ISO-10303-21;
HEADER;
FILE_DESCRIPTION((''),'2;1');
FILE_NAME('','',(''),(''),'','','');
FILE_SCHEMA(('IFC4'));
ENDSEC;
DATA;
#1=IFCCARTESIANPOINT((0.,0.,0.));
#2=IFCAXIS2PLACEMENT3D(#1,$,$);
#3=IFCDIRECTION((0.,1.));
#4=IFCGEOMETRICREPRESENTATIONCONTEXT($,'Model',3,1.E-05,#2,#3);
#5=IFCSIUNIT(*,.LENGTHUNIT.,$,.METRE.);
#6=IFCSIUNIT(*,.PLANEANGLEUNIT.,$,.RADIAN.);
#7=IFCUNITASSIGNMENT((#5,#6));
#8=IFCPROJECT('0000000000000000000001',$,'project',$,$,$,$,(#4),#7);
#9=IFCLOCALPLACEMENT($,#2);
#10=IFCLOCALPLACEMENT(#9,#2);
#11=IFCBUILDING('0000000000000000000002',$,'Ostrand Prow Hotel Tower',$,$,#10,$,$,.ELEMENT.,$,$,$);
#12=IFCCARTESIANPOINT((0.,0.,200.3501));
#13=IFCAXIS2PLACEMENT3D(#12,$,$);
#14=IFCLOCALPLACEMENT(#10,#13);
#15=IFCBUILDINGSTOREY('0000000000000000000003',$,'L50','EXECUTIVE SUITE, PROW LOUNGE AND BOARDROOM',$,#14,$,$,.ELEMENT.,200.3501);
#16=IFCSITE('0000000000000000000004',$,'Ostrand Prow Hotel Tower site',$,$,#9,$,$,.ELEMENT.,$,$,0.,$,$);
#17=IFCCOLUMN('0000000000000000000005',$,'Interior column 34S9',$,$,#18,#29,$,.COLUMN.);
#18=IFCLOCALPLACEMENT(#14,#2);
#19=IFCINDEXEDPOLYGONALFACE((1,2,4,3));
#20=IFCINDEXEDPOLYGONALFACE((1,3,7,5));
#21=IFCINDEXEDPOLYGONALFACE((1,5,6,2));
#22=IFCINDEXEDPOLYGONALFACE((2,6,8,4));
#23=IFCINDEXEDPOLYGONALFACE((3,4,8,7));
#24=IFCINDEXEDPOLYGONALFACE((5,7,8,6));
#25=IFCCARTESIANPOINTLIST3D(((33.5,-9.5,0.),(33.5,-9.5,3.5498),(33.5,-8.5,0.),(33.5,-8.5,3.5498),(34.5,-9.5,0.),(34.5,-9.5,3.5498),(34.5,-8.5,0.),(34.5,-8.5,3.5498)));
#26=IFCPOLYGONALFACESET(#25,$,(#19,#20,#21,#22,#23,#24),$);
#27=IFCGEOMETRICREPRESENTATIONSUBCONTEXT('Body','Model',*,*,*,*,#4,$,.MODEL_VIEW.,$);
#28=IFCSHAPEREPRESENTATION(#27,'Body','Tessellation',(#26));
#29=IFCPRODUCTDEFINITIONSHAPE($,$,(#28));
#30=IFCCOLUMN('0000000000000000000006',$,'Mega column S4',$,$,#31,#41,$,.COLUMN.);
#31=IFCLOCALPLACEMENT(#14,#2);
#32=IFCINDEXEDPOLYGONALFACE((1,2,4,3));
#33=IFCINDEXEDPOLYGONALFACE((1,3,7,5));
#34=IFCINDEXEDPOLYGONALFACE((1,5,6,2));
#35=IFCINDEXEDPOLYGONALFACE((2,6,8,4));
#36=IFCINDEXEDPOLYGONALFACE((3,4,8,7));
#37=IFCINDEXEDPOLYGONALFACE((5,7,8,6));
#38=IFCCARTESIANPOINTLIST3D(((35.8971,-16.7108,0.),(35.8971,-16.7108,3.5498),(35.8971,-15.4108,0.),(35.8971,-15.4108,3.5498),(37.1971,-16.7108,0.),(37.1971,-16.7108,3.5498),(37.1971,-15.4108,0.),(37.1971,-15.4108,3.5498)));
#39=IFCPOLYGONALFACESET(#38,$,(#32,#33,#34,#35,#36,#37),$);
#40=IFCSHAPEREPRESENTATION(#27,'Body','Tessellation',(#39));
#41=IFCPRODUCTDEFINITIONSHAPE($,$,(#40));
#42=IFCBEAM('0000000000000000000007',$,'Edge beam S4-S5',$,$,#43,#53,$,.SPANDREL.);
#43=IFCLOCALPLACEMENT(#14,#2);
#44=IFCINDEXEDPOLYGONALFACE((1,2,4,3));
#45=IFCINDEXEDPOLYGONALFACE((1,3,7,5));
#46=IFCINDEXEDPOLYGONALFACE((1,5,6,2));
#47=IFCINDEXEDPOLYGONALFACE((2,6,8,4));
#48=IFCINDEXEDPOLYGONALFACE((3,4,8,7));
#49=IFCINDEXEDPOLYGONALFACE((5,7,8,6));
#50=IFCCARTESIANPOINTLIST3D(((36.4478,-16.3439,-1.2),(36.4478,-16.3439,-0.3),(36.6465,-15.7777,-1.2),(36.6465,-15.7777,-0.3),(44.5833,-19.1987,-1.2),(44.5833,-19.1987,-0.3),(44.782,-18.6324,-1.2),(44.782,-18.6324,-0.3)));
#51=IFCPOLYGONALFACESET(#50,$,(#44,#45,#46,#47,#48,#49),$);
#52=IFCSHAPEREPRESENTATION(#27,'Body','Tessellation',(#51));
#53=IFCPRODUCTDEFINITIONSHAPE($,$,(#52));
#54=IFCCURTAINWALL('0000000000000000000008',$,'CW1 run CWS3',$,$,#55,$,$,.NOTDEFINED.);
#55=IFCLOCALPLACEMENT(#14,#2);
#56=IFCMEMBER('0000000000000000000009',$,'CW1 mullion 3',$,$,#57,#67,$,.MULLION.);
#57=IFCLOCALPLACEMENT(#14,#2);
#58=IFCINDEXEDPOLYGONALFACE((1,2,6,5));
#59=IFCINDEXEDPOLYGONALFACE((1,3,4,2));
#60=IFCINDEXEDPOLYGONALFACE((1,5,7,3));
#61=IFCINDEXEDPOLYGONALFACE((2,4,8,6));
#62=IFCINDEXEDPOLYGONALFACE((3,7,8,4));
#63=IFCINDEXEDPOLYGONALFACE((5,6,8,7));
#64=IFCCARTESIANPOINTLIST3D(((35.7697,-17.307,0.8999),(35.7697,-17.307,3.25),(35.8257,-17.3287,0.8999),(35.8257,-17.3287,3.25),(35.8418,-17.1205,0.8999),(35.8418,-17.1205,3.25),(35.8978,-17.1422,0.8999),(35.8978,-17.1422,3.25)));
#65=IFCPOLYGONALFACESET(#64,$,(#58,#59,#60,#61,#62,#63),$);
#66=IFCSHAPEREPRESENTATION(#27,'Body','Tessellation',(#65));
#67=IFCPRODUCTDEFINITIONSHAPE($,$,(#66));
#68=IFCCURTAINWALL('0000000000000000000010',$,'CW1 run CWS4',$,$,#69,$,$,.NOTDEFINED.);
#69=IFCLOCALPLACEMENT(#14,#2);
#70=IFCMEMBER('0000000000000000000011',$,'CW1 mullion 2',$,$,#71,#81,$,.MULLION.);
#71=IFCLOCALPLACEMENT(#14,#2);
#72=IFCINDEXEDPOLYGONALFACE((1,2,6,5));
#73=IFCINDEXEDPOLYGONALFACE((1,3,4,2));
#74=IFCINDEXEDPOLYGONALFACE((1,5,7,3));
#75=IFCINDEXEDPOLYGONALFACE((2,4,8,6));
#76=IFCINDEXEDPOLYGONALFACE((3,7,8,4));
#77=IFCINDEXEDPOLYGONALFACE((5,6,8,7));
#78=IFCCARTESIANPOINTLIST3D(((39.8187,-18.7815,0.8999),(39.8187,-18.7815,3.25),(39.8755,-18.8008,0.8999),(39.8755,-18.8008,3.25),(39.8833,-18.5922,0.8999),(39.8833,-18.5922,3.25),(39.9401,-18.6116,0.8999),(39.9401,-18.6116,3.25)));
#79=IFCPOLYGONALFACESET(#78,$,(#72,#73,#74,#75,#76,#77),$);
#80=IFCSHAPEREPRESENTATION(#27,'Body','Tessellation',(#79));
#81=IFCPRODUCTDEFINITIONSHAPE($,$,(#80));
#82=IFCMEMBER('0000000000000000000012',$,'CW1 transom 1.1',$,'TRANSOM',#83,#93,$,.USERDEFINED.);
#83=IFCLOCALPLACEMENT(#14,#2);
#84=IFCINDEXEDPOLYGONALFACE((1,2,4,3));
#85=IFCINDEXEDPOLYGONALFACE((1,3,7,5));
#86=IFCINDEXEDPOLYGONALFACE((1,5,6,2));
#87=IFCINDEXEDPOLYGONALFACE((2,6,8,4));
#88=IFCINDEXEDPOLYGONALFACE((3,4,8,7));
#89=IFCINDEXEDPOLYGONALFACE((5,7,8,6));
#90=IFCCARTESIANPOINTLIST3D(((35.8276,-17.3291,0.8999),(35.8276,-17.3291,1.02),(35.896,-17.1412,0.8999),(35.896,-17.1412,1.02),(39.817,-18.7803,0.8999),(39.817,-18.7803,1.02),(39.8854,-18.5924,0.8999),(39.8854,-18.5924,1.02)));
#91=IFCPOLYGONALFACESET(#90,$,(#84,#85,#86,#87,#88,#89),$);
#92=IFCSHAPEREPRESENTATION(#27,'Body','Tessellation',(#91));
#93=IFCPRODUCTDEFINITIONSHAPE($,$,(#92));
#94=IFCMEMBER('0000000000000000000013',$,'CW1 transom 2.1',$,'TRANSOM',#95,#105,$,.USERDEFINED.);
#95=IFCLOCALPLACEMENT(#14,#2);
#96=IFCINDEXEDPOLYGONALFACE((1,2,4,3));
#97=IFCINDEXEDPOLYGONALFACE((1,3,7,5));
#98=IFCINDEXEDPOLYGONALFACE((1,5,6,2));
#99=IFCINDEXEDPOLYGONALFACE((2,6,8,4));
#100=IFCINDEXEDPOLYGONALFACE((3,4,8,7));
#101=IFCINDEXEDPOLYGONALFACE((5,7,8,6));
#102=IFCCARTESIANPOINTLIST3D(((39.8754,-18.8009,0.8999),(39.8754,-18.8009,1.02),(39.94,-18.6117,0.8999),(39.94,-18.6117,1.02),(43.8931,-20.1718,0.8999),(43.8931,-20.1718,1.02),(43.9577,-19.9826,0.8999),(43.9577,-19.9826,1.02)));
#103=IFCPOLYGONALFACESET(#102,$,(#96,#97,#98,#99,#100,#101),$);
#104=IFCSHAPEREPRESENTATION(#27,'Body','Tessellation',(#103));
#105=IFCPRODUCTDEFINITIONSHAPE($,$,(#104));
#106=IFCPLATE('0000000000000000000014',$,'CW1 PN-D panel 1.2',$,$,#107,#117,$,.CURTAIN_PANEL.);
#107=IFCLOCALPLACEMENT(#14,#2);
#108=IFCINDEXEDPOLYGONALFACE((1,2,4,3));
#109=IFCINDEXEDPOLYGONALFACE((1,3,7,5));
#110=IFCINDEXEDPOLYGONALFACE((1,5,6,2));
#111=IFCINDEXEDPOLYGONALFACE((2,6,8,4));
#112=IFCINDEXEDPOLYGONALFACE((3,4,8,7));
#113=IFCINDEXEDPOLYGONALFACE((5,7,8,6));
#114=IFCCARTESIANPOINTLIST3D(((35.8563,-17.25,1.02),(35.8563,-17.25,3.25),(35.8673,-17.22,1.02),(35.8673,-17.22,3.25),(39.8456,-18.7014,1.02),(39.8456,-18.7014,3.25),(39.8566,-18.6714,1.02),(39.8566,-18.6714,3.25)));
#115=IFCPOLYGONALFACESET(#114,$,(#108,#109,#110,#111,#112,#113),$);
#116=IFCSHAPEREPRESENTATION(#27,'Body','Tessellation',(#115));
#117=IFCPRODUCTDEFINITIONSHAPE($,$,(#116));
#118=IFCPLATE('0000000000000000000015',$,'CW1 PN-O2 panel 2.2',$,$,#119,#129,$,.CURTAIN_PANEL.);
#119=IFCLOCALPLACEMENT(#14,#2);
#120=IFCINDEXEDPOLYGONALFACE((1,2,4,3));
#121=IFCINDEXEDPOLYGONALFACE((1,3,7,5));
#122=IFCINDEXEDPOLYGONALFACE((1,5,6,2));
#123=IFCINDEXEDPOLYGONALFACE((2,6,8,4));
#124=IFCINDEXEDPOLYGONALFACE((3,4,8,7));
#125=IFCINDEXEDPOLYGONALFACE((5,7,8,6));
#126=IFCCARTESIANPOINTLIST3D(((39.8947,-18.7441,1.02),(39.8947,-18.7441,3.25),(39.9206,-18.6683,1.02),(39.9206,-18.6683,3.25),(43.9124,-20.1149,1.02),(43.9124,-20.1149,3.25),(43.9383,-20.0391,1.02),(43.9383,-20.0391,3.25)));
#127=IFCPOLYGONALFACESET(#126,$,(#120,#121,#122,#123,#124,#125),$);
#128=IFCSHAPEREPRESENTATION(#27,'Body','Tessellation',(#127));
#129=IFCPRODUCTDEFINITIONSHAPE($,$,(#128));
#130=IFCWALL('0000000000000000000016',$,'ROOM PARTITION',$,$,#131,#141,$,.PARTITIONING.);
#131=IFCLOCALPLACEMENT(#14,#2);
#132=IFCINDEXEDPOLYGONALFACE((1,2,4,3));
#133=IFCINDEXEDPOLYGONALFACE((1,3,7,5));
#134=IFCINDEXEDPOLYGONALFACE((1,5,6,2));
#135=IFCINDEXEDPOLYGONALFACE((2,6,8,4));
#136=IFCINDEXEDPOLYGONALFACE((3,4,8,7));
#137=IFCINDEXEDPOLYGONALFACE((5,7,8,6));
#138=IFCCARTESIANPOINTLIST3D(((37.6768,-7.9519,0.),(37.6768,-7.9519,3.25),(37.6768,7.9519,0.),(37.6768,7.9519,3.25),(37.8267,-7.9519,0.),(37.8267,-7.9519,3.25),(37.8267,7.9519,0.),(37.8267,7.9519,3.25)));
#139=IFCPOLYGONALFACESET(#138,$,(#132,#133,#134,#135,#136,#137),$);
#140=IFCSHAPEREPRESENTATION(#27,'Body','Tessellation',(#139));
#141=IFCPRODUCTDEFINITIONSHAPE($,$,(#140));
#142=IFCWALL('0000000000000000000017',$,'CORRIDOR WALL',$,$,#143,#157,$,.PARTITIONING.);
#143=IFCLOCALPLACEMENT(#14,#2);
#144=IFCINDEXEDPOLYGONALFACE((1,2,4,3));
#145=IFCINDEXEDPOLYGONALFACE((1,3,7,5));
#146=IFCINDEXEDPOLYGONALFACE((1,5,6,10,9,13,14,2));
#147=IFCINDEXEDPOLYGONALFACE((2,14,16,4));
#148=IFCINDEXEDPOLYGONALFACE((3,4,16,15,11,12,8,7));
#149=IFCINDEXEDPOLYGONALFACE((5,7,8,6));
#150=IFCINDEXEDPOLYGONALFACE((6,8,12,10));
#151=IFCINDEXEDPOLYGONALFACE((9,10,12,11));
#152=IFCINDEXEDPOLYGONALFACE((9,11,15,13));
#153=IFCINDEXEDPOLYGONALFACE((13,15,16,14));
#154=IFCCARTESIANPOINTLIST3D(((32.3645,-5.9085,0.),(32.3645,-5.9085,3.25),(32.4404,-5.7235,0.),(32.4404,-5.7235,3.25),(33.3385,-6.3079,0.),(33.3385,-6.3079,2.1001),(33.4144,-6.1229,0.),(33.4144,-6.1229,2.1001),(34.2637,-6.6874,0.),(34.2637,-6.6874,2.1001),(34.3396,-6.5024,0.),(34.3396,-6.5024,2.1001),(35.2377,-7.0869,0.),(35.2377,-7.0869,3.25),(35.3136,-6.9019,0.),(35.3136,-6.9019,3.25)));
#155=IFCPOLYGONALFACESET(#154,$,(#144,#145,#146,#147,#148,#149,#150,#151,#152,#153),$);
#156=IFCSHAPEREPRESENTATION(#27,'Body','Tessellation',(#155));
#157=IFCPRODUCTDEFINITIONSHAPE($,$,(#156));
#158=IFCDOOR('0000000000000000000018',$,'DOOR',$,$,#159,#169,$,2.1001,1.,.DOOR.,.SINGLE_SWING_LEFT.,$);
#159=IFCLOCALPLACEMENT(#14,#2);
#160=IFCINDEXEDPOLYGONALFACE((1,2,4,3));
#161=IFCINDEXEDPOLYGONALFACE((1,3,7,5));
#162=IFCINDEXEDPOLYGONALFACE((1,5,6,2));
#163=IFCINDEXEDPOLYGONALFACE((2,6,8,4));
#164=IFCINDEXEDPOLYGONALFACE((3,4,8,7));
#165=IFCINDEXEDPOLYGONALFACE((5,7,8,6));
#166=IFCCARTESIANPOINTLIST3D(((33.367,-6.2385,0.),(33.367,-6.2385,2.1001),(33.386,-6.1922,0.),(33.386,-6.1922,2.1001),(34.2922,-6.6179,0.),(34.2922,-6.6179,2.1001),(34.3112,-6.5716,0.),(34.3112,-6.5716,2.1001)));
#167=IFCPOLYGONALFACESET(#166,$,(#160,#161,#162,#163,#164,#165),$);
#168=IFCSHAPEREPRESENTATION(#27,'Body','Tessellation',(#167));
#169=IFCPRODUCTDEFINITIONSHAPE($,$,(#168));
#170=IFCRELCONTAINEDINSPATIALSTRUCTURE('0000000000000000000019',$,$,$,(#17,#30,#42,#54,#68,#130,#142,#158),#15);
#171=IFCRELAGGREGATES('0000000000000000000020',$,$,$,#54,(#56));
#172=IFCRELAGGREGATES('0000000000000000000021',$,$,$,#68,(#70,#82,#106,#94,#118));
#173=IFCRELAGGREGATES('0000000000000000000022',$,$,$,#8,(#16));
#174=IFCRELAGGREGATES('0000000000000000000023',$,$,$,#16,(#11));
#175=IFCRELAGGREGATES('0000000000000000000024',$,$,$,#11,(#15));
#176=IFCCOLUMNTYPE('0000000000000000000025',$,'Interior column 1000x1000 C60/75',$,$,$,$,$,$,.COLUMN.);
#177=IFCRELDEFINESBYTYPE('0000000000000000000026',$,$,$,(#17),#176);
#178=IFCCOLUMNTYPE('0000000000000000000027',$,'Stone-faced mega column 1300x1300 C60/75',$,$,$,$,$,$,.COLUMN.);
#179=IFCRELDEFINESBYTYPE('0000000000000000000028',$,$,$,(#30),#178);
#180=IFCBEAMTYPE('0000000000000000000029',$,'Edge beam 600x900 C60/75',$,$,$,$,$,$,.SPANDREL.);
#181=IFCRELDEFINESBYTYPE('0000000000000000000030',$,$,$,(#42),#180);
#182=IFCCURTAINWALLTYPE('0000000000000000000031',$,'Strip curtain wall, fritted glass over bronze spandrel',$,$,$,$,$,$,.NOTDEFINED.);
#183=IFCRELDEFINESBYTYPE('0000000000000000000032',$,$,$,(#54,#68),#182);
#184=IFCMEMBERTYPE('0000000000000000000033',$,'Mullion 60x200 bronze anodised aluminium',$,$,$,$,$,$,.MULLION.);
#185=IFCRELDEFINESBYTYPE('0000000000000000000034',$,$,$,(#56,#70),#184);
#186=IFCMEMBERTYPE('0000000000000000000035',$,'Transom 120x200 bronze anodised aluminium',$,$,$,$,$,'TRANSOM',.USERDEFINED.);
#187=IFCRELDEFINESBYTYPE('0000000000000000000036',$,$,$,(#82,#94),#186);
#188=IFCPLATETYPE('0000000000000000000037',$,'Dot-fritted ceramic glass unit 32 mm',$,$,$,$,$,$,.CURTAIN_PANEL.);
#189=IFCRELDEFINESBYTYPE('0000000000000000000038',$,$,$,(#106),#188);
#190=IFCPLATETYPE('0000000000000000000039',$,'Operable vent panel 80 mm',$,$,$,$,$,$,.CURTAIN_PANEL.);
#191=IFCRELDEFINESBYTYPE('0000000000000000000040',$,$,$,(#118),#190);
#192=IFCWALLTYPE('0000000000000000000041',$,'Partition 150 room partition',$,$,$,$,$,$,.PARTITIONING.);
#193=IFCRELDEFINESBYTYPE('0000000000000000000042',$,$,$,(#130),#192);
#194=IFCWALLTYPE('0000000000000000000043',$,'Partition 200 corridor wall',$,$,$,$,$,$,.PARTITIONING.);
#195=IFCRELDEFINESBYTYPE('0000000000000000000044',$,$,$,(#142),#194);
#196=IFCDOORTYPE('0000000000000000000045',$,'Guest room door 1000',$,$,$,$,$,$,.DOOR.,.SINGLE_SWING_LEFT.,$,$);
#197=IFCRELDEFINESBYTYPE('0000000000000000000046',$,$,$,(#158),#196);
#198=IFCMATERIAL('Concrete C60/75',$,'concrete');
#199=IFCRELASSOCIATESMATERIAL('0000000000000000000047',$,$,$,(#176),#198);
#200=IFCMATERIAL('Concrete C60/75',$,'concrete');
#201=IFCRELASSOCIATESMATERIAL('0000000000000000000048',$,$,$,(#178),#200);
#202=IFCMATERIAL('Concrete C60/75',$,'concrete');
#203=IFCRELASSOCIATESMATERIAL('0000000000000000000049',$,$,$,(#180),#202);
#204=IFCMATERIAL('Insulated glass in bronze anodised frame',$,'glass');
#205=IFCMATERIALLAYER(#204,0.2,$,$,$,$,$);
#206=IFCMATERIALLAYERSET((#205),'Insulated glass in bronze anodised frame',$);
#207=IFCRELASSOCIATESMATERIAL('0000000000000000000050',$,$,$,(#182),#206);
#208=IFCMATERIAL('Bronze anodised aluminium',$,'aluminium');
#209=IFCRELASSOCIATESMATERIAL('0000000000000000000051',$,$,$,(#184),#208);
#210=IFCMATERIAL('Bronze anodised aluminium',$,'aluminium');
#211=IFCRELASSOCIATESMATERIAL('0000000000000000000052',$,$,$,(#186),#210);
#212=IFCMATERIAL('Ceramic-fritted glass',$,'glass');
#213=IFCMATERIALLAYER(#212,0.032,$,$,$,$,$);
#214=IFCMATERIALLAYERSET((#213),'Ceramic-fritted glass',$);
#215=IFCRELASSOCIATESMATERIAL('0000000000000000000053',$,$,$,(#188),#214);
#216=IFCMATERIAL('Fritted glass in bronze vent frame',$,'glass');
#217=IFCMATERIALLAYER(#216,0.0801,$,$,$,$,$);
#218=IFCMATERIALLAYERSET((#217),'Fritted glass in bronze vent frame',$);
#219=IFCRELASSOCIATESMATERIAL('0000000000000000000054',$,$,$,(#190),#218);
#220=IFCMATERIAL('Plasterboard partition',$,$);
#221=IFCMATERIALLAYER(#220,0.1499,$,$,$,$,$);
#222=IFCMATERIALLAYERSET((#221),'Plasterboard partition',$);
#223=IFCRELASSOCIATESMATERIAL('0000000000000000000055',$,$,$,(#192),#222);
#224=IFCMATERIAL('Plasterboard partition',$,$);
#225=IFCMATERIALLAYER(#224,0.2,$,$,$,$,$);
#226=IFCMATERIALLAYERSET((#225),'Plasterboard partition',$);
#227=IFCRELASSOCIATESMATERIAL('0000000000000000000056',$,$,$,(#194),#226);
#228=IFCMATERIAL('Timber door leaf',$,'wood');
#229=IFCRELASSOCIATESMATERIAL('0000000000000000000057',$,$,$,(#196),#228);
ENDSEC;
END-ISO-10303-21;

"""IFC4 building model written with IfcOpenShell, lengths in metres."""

from ifc_helpers import new_model, si_unit, direction, frame, frame_2d, origin, origin_2d, place, context, subcontext, project, spatial, rectangle, extrude, material, layer, layer_set, material_profile, profile_set, type_object, element, fill, aggregate, save


model = new_model("IFC4")

# Units and contexts
model_context = context("Model", 3, precision=1e-05, world=origin(), true_north=direction((0.0, 1.0)))
body_context = subcontext(model_context, "Body", "Model", "MODEL_VIEW")
ifc_project = project(units=[si_unit("LENGTHUNIT", "METRE"), si_unit("PLANEANGLEUNIT", "RADIAN")], contexts=[model_context])

# Site, building, storey
site_placement = place(None, origin())
site = spatial("IfcSite", under=ifc_project, at=site_placement, Name="Ostrand Prow Hotel Tower site", CompositionType="ELEMENT", RefElevation=0.0)
building_placement = place(site_placement, origin())
building = spatial("IfcBuilding", under=site, at=building_placement, Name="Ostrand Prow Hotel Tower", CompositionType="ELEMENT")
storey_placement = place(building_placement, frame((0.0, 0.0, 200.3501)))
storey = spatial("IfcBuildingStorey", under=building, at=storey_placement, Name="L50", Description="EXECUTIVE SUITE, PROW LOUNGE AND BOARDROOM", CompositionType="ELEMENT", Elevation=200.3501)

# Columns
ifc_material_1 = material(Name="Concrete C60/75", Category="concrete")
ifc_material_profile_1 = material_profile(ifc_material_1, rectangle(XDim=1.0, YDim=1.0, at=origin_2d()), Name="RC 1000x1000")
ifc_profile_set_1 = profile_set([ifc_material_profile_1], Name="Concrete C60/75")
column_type_1 = type_object("IfcColumnType", Name="Interior column 1000x1000 C60/75", PredefinedType="COLUMN", material=ifc_profile_set_1)
column_1_placement = place(storey_placement, frame((34.0, -9.0, 0.0), z_axis=(0.0, 0.0, 1.0), x_axis=(1.0, 0.0, 0.0)))
element("IfcColumn", 1, at=column_1_placement, inside=storey, type_object=column_type_1, Name="Interior column 34S9", PredefinedType="COLUMN", context=body_context, shape_type="SweptSolid", body=[
    extrude(rectangle(XDim=1.0, YDim=1.0, at=origin_2d()), origin(), (0.0, 0.0, 1.0), 3.5498),
])
ifc_material_2 = material(Name="Concrete C60/75", Category="concrete")
ifc_material_profile_2 = material_profile(ifc_material_2, rectangle(XDim=1.3, YDim=1.3, at=origin_2d()), Name="RC 1300x1300")
ifc_profile_set_2 = profile_set([ifc_material_profile_2], Name="Concrete C60/75")
column_type_2 = type_object("IfcColumnType", Name="Stone-faced mega column 1300x1300 C60/75", PredefinedType="COLUMN", material=ifc_profile_set_2)
column_2_placement = place(storey_placement, frame((36.5471, -16.0608, 0.0), z_axis=(0.0, 0.0, 1.0), x_axis=(1.0, 0.0, 0.0)))
element("IfcColumn", 2, at=column_2_placement, inside=storey, type_object=column_type_2, Name="Mega column S4", PredefinedType="COLUMN", context=body_context, shape_type="SweptSolid", body=[
    extrude(rectangle(XDim=1.3, YDim=1.3, at=origin_2d()), origin(), (0.0, 0.0, 1.0), 3.5498),
])

# Beam
ifc_material_3 = material(Name="Concrete C60/75", Category="concrete")
ifc_material_profile_3 = material_profile(ifc_material_3, rectangle(XDim=0.6001, YDim=0.8999, at=origin_2d()), Name="RC 600x900")
ifc_profile_set_3 = profile_set([ifc_material_profile_3], Name="Concrete C60/75")
beam_type = type_object("IfcBeamType", Name="Edge beam 600x900 C60/75", PredefinedType="SPANDREL", material=ifc_profile_set_3)
beam_placement = place(storey_placement, frame((36.5471, -16.0608, -0.75), z_axis=(0.943594, -0.331106, 0.0), x_axis=(0.331106, 0.943594, 0.0)))
element("IfcBeam", 3, at=beam_placement, inside=storey, type_object=beam_type, Name="Edge beam S4-S5", PredefinedType="SPANDREL", context=body_context, shape_type="SweptSolid", body=[
    extrude(rectangle(XDim=0.6001, YDim=0.8999, at=origin_2d()), origin(), (0.0, 0.0, 1.0), 8.6218),
])

# Curtain wall, member
ifc_material_4 = material(Name="Insulated glass in bronze anodised frame", Category="glass")
ifc_layer_1 = layer(ifc_material_4, 0.2)
ifc_layer_set_1 = layer_set([ifc_layer_1], Name="Insulated glass in bronze anodised frame")
curtain_wall_type = type_object("IfcCurtainWallType", Name="Strip curtain wall, fritted glass over bronze spandrel", PredefinedType="NOTDEFINED", material=ifc_layer_set_1)
curtain_wall_1_placement = place(storey_placement, origin())
curtain_wall_1 = element("IfcCurtainWall", 4, at=curtain_wall_1_placement, inside=storey, type_object=curtain_wall_type, Name="CW1 run CWS3", PredefinedType="NOTDEFINED")
ifc_material_5 = material(Name="Bronze anodised aluminium", Category="aluminium")
ifc_material_profile_4 = material_profile(ifc_material_5, rectangle(XDim=0.2, YDim=0.0601, at=origin_2d()), Name="Mullion 60x200 bronze anodised aluminium")
ifc_profile_set_4 = profile_set([ifc_material_profile_4], Name="Bronze anodised aluminium")
member_type_1 = type_object("IfcMemberType", Name="Mullion 60x200 bronze anodised aluminium", PredefinedType="MULLION", material=ifc_profile_set_4)
member_1_placement = place(storey_placement, frame((35.8337, -17.2246, 0.8999), z_axis=(0.0, 0.0, 1.0), x_axis=(0.360749, 0.932663, 0.0)))
member_1 = element("IfcMember", 5, at=member_1_placement, type_object=member_type_1, Name="CW1 mullion 3", PredefinedType="MULLION", context=body_context, shape_type="SweptSolid", body=[
    extrude(rectangle(XDim=0.2, YDim=0.0601, at=origin_2d()), origin(), (0.0, 0.0, 1.0), 2.3501),
])
aggregate(curtain_wall_1, [member_1])

# Curtain wall, members, plates
curtain_wall_2_placement = place(storey_placement, origin())
curtain_wall_2 = element("IfcCurtainWall", 6, at=curtain_wall_2_placement, inside=storey, type_object=curtain_wall_type, Name="CW1 run CWS4", PredefinedType="NOTDEFINED")
member_2_placement = place(storey_placement, frame((39.8794, -18.6965, 0.8999), z_axis=(0.0, 0.0, 1.0), x_axis=(0.322908, 0.94643, 0.0)))
member_2 = element("IfcMember", 7, at=member_2_placement, type_object=member_type_1, Name="CW1 mullion 2", PredefinedType="MULLION", context=body_context, shape_type="SweptSolid", body=[
    extrude(rectangle(XDim=0.2, YDim=0.0601, at=origin_2d()), origin(), (0.0, 0.0, 1.0), 2.3501),
])
ifc_material_6 = material(Name="Bronze anodised aluminium", Category="aluminium")
ifc_material_profile_5 = material_profile(ifc_material_6, rectangle(XDim=0.2, YDim=0.1201, at=origin_2d()), Name="Transom 120x200 bronze anodised aluminium")
ifc_profile_set_5 = profile_set([ifc_material_profile_5], Name="Bronze anodised aluminium")
member_type_2 = type_object("IfcMemberType", Name="Transom 120x200 bronze anodised aluminium", ElementType="TRANSOM", PredefinedType="USERDEFINED", material=ifc_profile_set_5)
member_3_placement = place(storey_placement, frame((35.8618, -17.2351, 0.96), z_axis=(0.939753, -0.341854, 0.0), x_axis=(0.341854, 0.939753, 0.0)))
member_3 = element("IfcMember", 8, at=member_3_placement, type_object=member_type_2, Name="CW1 transom 1.1", ObjectType="TRANSOM", PredefinedType="USERDEFINED", context=body_context, shape_type="SweptSolid", body=[
    extrude(rectangle(XDim=0.2, YDim=0.1201, at=origin_2d()), origin(), (0.0, 0.0, 1.0), 4.2451),
])
member_4_placement = place(storey_placement, frame((39.9077, -18.7063, 0.96), z_axis=(0.946422, -0.322932, 0.0), x_axis=(0.322932, 0.946422, 0.0)))
member_4 = element("IfcMember", 9, at=member_4_placement, type_object=member_type_2, Name="CW1 transom 2.1", ObjectType="TRANSOM", PredefinedType="USERDEFINED", context=body_context, shape_type="SweptSolid", body=[
    extrude(rectangle(XDim=0.2, YDim=0.1201, at=origin_2d()), origin(), (0.0, 0.0, 1.0), 4.2451),
])
ifc_material_7 = material(Name="Ceramic-fritted glass", Category="glass")
ifc_layer_2 = layer(ifc_material_7, 0.032)
ifc_layer_set_2 = layer_set([ifc_layer_2], Name="Ceramic-fritted glass")
plate_type_1 = type_object("IfcPlateType", Name="Dot-fritted ceramic glass unit 32 mm", PredefinedType="CURTAIN_PANEL", material=ifc_layer_set_2)
plate_1_placement = place(storey_placement, frame((37.8564, -17.9607, 1.02), z_axis=(0.0, 0.0, 1.0), x_axis=(0.939737, -0.341897, 0.0)))
plate_1 = element("IfcPlate", 10, at=plate_1_placement, type_object=plate_type_1, Name="CW1 PN-D panel 1.2", PredefinedType="CURTAIN_PANEL", context=body_context, shape_type="SweptSolid", body=[
    extrude(rectangle(XDim=4.2451, YDim=0.032, at=origin_2d()), origin(), (0.0, 0.0, 1.0), 2.23),
])
ifc_material_8 = material(Name="Fritted glass in bronze vent frame", Category="glass")
ifc_layer_3 = layer(ifc_material_8, 0.0801)
ifc_layer_set_3 = layer_set([ifc_layer_3], Name="Fritted glass in bronze vent frame")
plate_type_2 = type_object("IfcPlateType", Name="Operable vent panel 80 mm", PredefinedType="CURTAIN_PANEL", material=ifc_layer_set_3)
plate_2_placement = place(storey_placement, frame((41.9165, -19.3916, 1.02), z_axis=(0.0, 0.0, 1.0), x_axis=(0.94643, -0.322908, 0.0)))
plate_2 = element("IfcPlate", 11, at=plate_2_placement, type_object=plate_type_2, Name="CW1 PN-O2 panel 2.2", PredefinedType="CURTAIN_PANEL", context=body_context, shape_type="SweptSolid", body=[
    extrude(rectangle(XDim=4.2451, YDim=0.0801, at=origin_2d()), origin(), (0.0, 0.0, 1.0), 2.23),
])
aggregate(curtain_wall_2, [member_2, member_3, plate_1, member_4, plate_2])

# Wall
ifc_material_9 = material(Name="Plasterboard partition")
ifc_layer_4 = layer(ifc_material_9, 0.1499)
ifc_layer_set_4 = layer_set([ifc_layer_4], Name="Plasterboard partition")
wall_type_1 = type_object("IfcWallType", Name="Partition 150 room partition", PredefinedType="PARTITIONING", material=ifc_layer_set_4)
wall_1_placement = place(storey_placement, frame((37.7517, -7.9519, 0.0), z_axis=(0.0, 0.0, 1.0), x_axis=(0.0, 1.0, 0.0)))
element("IfcWall", 12, at=wall_1_placement, inside=storey, type_object=wall_type_1, Name="ROOM PARTITION", PredefinedType="PARTITIONING", context=body_context, shape_type="SweptSolid", body=[
    extrude(rectangle(XDim=15.9038, YDim=0.1499, at=frame_2d((7.9519, 0.0))), origin(), (0.0, 0.0, 1.0), 3.25),
])

# Wall, opening, door
ifc_material_10 = material(Name="Plasterboard partition")
ifc_layer_5 = layer(ifc_material_10, 0.2)
ifc_layer_set_5 = layer_set([ifc_layer_5], Name="Plasterboard partition")
wall_type_2 = type_object("IfcWallType", Name="Partition 200 corridor wall", PredefinedType="PARTITIONING", material=ifc_layer_set_5)
wall_2_placement = place(storey_placement, frame((35.2756, -6.9944, 0.0), z_axis=(0.0, 0.0, 1.0), x_axis=(-0.925205, 0.379468, 0.0)))
wall_2 = element("IfcWall", 13, at=wall_2_placement, inside=storey, type_object=wall_type_2, Name="CORRIDOR WALL", PredefinedType="PARTITIONING", context=body_context, shape_type="SweptSolid", body=[
    extrude(rectangle(XDim=3.1055, YDim=0.2, at=frame_2d((1.5527, 0.0))), origin(), (0.0, 0.0, 1.0), 3.25),
])
opening_1_placement = place(wall_2_placement, frame((1.0527, 0.0, 0.0)))
opening_1 = element("IfcOpeningElement", 14, at=opening_1_placement, cuts=wall_2, PredefinedType="OPENING", context=body_context, shape_type="SweptSolid", body=[
    extrude(rectangle(XDim=1.0, YDim=2.1001, at=frame_2d((0.5, 1.05))), frame((0.0, 0.1099, 0.0), z_axis=(0.0, -1.0, 0.0), x_axis=(1.0, 0.0, 0.0)), (0.0, 0.0, 1.0), 0.22),
])
ifc_material_11 = material(Name="Timber door leaf", Category="wood")
door_type_1 = type_object("IfcDoorType", Name="Guest room door 1000", OperationType="SINGLE_SWING_LEFT", PredefinedType="DOOR", material=ifc_material_11)
door_1_placement = place(opening_1_placement, origin())
door_1 = element("IfcDoor", 15, at=door_1_placement, inside=storey, type_object=door_type_1, Name="DOOR", OperationType="SINGLE_SWING_LEFT", OverallHeight=2.1001, OverallWidth=1.0, PredefinedType="DOOR", context=body_context, shape_type="SweptSolid", body=[
    extrude(rectangle(XDim=1.0, YDim=2.1001, at=frame_2d((0.5, 1.05))), frame((0.0, 0.0249, 0.0), z_axis=(0.0, -1.0, 0.0), x_axis=(1.0, 0.0, 0.0)), (0.0, 0.0, 1.0), 0.05),
])
fill(opening_1, door_1)

save(model, "model.ifc")
